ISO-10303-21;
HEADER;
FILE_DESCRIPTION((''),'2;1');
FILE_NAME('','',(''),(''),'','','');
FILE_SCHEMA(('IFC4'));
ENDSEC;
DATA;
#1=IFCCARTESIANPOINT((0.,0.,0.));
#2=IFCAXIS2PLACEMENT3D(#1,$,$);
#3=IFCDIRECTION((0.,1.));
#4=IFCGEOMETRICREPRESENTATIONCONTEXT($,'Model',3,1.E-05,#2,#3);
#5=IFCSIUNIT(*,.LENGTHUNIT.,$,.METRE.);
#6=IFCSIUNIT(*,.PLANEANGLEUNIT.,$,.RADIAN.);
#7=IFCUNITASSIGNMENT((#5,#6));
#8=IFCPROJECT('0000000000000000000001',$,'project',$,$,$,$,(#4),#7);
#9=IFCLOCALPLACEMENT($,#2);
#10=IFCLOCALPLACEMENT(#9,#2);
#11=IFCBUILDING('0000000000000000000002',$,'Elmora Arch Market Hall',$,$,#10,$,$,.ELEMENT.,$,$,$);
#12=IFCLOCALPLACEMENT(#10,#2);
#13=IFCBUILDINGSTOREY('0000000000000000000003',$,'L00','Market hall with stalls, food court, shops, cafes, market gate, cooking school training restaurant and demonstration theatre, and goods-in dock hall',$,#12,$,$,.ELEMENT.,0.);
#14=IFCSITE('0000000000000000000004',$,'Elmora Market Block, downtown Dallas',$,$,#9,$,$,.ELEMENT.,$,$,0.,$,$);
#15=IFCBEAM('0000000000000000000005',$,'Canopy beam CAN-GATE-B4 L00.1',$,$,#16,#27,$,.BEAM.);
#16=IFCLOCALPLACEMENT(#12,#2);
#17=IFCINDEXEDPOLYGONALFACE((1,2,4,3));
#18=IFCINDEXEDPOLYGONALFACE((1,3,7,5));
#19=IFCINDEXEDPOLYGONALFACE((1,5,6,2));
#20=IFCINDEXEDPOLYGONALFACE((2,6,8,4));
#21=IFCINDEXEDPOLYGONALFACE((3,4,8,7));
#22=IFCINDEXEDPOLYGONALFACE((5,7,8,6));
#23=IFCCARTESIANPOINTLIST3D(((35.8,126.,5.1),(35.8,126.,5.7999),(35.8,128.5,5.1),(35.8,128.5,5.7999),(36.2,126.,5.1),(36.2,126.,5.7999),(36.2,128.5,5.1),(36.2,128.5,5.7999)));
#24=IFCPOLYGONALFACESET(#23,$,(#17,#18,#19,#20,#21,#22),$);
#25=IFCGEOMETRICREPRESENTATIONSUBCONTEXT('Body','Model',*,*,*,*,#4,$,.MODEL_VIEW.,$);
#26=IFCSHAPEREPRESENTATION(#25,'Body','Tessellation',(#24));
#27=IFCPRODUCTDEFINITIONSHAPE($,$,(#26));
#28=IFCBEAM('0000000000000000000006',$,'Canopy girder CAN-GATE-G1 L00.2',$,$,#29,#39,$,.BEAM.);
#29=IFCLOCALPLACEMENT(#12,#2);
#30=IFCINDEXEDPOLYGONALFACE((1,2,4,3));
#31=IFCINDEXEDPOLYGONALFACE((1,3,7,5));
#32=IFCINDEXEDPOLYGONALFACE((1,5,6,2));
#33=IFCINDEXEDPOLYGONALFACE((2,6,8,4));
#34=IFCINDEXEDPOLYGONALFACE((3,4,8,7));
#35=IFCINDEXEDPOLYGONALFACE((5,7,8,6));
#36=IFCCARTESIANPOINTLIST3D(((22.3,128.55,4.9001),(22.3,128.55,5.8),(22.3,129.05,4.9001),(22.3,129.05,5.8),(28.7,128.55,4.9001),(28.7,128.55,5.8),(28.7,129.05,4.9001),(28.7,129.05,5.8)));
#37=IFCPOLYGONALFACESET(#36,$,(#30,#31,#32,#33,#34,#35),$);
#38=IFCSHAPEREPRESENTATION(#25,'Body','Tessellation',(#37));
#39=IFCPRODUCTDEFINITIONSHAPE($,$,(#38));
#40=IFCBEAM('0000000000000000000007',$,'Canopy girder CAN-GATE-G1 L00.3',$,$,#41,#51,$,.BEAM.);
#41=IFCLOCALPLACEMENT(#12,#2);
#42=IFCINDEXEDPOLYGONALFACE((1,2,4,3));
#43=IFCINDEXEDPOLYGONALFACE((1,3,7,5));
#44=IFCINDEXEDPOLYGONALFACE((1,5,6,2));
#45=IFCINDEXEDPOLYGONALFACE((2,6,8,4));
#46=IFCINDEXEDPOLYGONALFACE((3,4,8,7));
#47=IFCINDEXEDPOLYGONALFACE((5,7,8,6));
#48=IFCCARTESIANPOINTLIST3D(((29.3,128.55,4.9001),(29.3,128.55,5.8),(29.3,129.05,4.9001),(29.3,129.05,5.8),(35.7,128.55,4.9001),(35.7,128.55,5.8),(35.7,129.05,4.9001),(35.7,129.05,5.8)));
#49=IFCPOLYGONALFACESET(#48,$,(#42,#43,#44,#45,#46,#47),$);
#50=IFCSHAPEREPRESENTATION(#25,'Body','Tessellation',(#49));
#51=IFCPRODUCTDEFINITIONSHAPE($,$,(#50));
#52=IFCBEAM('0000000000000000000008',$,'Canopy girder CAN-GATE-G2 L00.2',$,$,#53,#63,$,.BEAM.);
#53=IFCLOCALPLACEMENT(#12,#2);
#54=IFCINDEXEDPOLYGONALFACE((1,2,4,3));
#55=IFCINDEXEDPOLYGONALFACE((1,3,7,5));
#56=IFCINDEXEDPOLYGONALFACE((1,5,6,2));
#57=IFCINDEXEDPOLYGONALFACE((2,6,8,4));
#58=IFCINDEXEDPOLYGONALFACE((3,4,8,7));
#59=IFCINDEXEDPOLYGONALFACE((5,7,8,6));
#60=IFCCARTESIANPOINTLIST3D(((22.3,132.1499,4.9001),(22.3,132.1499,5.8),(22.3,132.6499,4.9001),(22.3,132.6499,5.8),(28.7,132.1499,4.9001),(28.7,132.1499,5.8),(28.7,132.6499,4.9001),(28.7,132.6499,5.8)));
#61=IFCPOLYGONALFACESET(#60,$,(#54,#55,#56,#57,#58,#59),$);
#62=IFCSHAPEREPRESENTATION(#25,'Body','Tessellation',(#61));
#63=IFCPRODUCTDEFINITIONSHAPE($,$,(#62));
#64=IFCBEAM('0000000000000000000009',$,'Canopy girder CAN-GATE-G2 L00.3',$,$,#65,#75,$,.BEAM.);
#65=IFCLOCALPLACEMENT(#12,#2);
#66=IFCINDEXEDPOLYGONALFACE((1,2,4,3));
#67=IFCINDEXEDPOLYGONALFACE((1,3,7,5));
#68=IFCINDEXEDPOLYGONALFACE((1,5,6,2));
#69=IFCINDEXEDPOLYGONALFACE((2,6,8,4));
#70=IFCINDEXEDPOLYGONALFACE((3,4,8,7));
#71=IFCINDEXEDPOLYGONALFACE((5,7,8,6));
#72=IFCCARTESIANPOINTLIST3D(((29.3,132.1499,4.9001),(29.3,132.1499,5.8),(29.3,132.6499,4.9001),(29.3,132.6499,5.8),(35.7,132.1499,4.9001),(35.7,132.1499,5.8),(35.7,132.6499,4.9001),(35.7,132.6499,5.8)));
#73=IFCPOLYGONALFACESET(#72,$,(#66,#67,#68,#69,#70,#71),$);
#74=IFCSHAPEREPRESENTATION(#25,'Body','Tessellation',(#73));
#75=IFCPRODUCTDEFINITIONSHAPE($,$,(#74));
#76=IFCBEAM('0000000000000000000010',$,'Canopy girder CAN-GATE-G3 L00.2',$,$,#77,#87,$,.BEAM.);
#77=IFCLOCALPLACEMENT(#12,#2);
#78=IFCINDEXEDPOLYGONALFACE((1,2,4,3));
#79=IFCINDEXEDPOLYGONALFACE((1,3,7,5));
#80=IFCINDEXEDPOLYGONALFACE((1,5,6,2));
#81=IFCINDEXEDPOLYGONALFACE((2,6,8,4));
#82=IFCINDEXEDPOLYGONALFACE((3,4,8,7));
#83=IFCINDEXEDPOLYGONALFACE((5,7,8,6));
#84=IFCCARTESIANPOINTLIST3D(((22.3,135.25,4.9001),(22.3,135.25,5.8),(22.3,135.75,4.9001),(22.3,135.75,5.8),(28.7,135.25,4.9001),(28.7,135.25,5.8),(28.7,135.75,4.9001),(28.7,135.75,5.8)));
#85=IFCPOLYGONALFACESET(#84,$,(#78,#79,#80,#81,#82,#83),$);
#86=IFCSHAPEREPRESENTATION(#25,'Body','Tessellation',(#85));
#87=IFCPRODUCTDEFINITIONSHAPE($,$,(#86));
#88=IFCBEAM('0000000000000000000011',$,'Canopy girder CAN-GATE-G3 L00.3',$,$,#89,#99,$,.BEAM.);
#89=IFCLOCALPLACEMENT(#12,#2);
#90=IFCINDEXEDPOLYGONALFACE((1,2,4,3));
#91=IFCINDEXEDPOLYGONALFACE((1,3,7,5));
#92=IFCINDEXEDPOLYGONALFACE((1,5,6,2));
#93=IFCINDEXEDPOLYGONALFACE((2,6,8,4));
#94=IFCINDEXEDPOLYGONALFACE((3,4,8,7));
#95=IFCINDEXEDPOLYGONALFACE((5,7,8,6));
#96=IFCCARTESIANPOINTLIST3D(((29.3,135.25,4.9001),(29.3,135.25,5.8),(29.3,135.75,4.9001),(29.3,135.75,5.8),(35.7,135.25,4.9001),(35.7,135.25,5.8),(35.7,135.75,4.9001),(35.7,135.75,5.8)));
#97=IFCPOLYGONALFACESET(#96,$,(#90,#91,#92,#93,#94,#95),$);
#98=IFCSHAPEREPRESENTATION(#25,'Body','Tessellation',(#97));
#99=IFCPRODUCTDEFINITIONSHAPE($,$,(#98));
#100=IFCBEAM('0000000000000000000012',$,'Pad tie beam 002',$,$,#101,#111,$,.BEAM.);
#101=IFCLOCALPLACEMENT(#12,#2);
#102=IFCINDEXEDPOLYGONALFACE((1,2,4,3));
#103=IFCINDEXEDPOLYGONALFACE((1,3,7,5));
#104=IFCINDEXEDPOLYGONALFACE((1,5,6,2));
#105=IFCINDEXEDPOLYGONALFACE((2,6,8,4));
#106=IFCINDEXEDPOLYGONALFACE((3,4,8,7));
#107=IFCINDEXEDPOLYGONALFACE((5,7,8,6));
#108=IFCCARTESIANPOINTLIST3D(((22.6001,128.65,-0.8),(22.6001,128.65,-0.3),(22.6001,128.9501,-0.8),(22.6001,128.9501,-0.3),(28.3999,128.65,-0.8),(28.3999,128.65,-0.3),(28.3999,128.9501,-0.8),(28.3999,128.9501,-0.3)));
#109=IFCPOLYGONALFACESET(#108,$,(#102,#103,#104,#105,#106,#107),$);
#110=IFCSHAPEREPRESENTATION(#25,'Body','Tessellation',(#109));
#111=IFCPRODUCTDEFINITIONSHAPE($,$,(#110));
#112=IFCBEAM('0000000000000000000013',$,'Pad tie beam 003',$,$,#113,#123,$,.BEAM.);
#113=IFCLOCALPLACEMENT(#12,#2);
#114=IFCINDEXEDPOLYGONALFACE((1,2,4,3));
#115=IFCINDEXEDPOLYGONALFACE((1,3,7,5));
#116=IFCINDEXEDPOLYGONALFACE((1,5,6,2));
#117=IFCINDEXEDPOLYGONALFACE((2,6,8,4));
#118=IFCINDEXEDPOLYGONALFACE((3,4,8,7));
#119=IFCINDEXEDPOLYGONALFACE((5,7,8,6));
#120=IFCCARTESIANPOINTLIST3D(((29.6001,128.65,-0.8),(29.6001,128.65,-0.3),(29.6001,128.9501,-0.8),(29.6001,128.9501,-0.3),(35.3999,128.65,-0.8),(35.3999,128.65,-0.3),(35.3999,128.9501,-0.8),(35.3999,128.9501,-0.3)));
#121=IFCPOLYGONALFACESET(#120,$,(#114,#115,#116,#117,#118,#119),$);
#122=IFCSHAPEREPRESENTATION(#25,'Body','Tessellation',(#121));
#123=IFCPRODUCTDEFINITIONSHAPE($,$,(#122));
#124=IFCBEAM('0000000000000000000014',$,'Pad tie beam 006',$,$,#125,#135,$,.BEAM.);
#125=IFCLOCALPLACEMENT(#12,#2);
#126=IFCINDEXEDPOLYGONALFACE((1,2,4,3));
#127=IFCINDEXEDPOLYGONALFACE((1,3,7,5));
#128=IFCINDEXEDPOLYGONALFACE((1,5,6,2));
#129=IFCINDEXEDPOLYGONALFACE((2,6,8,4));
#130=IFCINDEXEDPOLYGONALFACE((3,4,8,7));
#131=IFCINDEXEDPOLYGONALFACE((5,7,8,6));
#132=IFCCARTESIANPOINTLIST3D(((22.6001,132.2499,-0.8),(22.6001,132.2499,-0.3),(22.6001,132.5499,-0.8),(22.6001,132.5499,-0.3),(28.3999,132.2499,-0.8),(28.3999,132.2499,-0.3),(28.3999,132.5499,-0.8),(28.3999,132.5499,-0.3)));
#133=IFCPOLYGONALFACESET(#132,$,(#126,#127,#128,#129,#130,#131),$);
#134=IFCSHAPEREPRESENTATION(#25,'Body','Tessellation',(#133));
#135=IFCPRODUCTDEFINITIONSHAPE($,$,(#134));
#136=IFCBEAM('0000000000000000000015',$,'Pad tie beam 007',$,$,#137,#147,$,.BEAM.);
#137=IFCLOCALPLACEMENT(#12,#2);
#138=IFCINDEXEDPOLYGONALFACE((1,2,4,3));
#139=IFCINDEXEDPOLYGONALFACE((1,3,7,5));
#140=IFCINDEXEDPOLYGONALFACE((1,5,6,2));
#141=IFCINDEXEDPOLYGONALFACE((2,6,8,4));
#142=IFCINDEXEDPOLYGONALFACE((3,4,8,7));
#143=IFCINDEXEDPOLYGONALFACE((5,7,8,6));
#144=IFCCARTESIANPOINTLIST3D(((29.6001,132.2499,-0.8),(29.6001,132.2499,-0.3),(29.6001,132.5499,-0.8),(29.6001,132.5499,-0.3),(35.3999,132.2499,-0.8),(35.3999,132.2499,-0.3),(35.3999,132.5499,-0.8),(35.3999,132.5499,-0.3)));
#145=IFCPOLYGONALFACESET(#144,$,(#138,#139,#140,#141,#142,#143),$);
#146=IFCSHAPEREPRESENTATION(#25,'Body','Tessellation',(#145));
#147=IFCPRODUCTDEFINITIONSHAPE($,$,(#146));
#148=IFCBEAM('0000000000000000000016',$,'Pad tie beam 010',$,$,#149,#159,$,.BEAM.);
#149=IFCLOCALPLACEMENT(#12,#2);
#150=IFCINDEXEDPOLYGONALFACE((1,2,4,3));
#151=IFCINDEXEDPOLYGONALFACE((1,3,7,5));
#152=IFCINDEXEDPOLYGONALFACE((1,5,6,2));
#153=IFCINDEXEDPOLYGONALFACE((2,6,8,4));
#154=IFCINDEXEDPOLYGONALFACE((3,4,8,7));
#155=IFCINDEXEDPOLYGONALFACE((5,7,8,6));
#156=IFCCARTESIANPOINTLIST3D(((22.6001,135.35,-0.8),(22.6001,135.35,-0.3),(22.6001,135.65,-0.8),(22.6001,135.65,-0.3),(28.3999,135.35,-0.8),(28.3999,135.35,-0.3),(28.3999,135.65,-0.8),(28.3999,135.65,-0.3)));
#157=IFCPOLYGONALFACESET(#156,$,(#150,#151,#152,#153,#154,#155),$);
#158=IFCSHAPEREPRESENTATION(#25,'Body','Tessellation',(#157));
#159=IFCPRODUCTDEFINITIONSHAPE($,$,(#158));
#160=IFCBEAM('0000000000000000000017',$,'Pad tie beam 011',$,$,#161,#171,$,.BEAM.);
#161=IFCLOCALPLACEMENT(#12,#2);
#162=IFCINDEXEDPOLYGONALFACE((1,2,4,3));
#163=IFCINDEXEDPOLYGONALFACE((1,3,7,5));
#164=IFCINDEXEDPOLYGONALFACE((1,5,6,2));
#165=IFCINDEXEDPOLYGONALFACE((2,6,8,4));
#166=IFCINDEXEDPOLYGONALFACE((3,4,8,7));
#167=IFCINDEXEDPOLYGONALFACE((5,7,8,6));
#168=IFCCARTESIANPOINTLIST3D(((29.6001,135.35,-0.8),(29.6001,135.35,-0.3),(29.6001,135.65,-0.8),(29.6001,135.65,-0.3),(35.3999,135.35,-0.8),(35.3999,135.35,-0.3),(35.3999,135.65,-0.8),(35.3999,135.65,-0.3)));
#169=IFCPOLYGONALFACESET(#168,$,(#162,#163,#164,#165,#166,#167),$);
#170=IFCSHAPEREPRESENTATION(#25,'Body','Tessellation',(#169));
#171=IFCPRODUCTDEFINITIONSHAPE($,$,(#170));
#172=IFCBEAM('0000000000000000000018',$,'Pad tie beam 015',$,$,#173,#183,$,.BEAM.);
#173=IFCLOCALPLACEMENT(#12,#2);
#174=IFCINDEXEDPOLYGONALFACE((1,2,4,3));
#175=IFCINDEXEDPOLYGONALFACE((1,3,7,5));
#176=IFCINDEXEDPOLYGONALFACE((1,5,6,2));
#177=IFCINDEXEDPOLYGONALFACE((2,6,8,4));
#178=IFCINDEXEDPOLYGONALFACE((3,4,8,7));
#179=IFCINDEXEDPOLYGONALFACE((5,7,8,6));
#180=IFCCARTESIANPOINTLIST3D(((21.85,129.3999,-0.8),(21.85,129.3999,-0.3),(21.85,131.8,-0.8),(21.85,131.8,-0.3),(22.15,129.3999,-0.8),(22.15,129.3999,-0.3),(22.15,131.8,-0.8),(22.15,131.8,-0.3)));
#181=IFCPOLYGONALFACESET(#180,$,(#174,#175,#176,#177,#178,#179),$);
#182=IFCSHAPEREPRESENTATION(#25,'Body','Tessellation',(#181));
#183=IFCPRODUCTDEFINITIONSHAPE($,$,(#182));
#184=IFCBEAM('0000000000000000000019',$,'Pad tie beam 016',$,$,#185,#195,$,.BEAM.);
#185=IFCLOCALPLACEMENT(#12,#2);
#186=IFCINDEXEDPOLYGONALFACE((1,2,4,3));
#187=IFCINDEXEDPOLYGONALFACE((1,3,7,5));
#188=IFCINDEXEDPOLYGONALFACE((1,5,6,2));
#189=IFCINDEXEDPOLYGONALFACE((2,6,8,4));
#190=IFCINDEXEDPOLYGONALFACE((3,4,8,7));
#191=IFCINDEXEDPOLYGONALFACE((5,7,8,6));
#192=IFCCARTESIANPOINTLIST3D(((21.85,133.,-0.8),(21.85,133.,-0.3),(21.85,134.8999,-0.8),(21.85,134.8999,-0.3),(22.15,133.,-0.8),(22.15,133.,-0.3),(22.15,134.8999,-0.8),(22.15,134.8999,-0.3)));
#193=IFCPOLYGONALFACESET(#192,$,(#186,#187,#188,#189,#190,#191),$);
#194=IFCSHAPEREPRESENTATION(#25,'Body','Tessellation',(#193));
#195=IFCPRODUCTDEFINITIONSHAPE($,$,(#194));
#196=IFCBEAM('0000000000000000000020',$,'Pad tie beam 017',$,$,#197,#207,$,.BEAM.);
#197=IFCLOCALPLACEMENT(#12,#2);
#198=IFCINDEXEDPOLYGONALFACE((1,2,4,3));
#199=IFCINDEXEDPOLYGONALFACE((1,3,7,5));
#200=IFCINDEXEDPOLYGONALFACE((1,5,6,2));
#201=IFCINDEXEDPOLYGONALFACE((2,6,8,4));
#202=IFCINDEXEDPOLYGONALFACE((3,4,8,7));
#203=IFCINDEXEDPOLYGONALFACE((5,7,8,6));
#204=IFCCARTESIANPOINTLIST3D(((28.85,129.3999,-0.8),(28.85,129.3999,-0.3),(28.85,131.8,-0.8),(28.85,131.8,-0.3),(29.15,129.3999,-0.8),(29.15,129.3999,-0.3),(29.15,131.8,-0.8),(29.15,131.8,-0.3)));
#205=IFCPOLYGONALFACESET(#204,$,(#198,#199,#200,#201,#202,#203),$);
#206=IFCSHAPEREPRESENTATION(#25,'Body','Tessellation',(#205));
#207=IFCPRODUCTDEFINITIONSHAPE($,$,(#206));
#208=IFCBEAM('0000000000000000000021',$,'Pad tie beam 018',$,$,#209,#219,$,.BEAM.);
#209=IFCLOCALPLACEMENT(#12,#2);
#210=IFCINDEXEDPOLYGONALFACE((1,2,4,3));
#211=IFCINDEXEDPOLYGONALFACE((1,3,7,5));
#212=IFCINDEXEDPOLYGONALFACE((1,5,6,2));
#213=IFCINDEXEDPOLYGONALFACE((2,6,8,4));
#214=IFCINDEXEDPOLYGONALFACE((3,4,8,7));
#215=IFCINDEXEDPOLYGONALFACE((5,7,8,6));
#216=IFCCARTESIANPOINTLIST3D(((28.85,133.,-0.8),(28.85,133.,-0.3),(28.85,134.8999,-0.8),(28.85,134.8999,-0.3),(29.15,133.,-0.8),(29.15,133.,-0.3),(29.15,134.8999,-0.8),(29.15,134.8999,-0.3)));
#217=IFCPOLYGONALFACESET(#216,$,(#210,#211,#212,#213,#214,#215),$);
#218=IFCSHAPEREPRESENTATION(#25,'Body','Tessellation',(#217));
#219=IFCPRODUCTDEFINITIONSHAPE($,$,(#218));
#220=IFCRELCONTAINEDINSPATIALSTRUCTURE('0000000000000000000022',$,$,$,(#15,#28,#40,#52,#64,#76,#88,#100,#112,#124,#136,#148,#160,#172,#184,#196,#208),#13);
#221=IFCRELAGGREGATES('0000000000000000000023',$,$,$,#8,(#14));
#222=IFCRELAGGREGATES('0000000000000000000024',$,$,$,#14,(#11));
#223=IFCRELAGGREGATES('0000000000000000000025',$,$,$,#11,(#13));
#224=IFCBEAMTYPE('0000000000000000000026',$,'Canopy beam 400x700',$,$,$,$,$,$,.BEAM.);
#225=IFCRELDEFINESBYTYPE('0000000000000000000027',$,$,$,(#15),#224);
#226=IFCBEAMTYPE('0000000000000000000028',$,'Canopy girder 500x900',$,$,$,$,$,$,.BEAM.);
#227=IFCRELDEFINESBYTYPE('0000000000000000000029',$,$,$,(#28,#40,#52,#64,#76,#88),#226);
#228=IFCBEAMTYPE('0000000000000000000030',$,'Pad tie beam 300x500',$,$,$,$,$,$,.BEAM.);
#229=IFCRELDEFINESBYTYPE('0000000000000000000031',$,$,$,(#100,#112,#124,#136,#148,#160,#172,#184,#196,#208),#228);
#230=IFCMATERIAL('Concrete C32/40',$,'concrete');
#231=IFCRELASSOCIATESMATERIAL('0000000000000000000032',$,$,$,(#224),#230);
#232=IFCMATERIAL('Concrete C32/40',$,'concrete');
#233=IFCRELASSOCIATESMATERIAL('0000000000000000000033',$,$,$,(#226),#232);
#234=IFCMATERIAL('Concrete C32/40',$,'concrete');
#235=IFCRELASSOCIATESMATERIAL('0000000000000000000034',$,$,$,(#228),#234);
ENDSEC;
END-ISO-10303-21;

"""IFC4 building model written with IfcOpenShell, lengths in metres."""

from ifc_helpers import new_model, si_unit, direction, frame, origin, origin_2d, place, context, subcontext, project, spatial, rectangle, extrude, material, material_profile, profile_set, type_object, element, save


model = new_model("IFC4")

# Units and contexts
model_context = context("Model", 3, precision=1e-05, world=origin(), true_north=direction((0.0, 1.0)))
body_context = subcontext(model_context, "Body", "Model", "MODEL_VIEW")
ifc_project = project(units=[si_unit("LENGTHUNIT", "METRE"), si_unit("PLANEANGLEUNIT", "RADIAN")], contexts=[model_context])

# Site, building, storey
site_placement = place(None, origin())
site = spatial("IfcSite", under=ifc_project, at=site_placement, Name="Elmora Market Block, downtown Dallas", CompositionType="ELEMENT", RefElevation=0.0)
building_placement = place(site_placement, origin())
building = spatial("IfcBuilding", under=site, at=building_placement, Name="Elmora Arch Market Hall", CompositionType="ELEMENT")
storey_placement = place(building_placement, origin())
storey = spatial("IfcBuildingStorey", under=building, at=storey_placement, Name="L00", Description="Market hall with stalls, food court, shops, cafes, market gate, cooking school training restaurant and demonstration theatre, and goods-in dock hall", CompositionType="ELEMENT", Elevation=0.0)

# Beams
ifc_material_1 = material(Name="Concrete C32/40", Category="concrete")
ifc_material_profile_1 = material_profile(ifc_material_1, rectangle(XDim=0.3999, YDim=0.7, at=origin_2d()), Name="Canopy beam 400x700")
ifc_profile_set_1 = profile_set([ifc_material_profile_1], Name="Concrete C32/40")
beam_type_1 = type_object("IfcBeamType", Name="Canopy beam 400x700", PredefinedType="BEAM", material=ifc_profile_set_1)
for number, where, z_axis, x_axis, name in (
    (1, (36.0, 126.0, 5.45), (0.0, 1.0, 0.0), (-1.0, 0.0, 0.0), "Canopy beam CAN-GATE-B4 L00.1"),
):
    element("IfcBeam", number, at=place(storey_placement, frame(where, z_axis=z_axis, x_axis=x_axis)), inside=storey, type_object=beam_type_1, Name=name, PredefinedType="BEAM", context=body_context, shape_type="SweptSolid", body=[
        extrude(rectangle(XDim=0.3999, YDim=0.7, at=origin_2d()), origin(), (0.0, 0.0, 1.0), 2.5),
    ])
ifc_material_2 = material(Name="Concrete C32/40", Category="concrete")
ifc_material_profile_2 = material_profile(ifc_material_2, rectangle(XDim=0.5, YDim=0.8999, at=origin_2d()), Name="Canopy girder 500x900")
ifc_profile_set_2 = profile_set([ifc_material_profile_2], Name="Concrete C32/40")
beam_type_2 = type_object("IfcBeamType", Name="Canopy girder 500x900", PredefinedType="BEAM", material=ifc_profile_set_2)
for number, where, z_axis, x_axis, name in (
    (2, (22.3, 128.8, 5.3501), (1.0, 0.0, 0.0), (0.0, 1.0, 0.0), "Canopy girder CAN-GATE-G1 L00.2"),
    (3, (29.3, 128.8, 5.3501), (1.0, 0.0, 0.0), (0.0, 1.0, 0.0), "Canopy girder CAN-GATE-G1 L00.3"),
    (4, (22.3, 132.3999, 5.3501), (1.0, 0.0, 0.0), (0.0, 1.0, 0.0), "Canopy girder CAN-GATE-G2 L00.2"),
    (5, (29.3, 132.3999, 5.3501), (1.0, 0.0, 0.0), (0.0, 1.0, 0.0), "Canopy girder CAN-GATE-G2 L00.3"),
    (6, (22.3, 135.5, 5.3501), (1.0, 0.0, 0.0), (0.0, 1.0, 0.0), "Canopy girder CAN-GATE-G3 L00.2"),
    (7, (29.3, 135.5, 5.3501), (1.0, 0.0, 0.0), (0.0, 1.0, 0.0), "Canopy girder CAN-GATE-G3 L00.3"),
):
    element("IfcBeam", number, at=place(storey_placement, frame(where, z_axis=z_axis, x_axis=x_axis)), inside=storey, type_object=beam_type_2, Name=name, PredefinedType="BEAM", context=body_context, shape_type="SweptSolid", body=[
        extrude(rectangle(XDim=0.5, YDim=0.8999, at=origin_2d()), origin(), (0.0, 0.0, 1.0), 6.3999),
    ])
ifc_material_3 = material(Name="Concrete C32/40", Category="concrete")
ifc_material_profile_3 = material_profile(ifc_material_3, rectangle(XDim=0.3, YDim=0.5, at=origin_2d()), Name="Pad tie beam 300x500")
ifc_profile_set_3 = profile_set([ifc_material_profile_3], Name="Concrete C32/40")
beam_type_3 = type_object("IfcBeamType", Name="Pad tie beam 300x500", PredefinedType="BEAM", material=ifc_profile_set_3)
for number, where, z_axis, x_axis, name in (
    (8, (22.6001, 128.8, -0.55), (1.0, 0.0, 0.0), (0.0, 1.0, 0.0), "Pad tie beam 002"),
    (9, (29.6001, 128.8, -0.55), (1.0, 0.0, 0.0), (0.0, 1.0, 0.0), "Pad tie beam 003"),
    (10, (22.6001, 132.3999, -0.55), (1.0, 0.0, 0.0), (0.0, 1.0, 0.0), "Pad tie beam 006"),
    (11, (29.6001, 132.3999, -0.55), (1.0, 0.0, 0.0), (0.0, 1.0, 0.0), "Pad tie beam 007"),
    (12, (22.6001, 135.5, -0.55), (1.0, 0.0, 0.0), (0.0, 1.0, 0.0), "Pad tie beam 010"),
    (13, (29.6001, 135.5, -0.55), (1.0, 0.0, 0.0), (0.0, 1.0, 0.0), "Pad tie beam 011"),
):
    element("IfcBeam", number, at=place(storey_placement, frame(where, z_axis=z_axis, x_axis=x_axis)), inside=storey, type_object=beam_type_3, Name=name, PredefinedType="BEAM", context=body_context, shape_type="SweptSolid", body=[
        extrude(rectangle(XDim=0.3, YDim=0.5, at=origin_2d()), origin(), (0.0, 0.0, 1.0), 5.7998),
    ])
beam_1_placement = place(storey_placement, frame((22.0, 129.3999, -0.55), z_axis=(0.0, 1.0, 0.0), x_axis=(-1.0, 0.0, 0.0)))
element("IfcBeam", 14, at=beam_1_placement, inside=storey, type_object=beam_type_3, Name="Pad tie beam 015", PredefinedType="BEAM", context=body_context, shape_type="SweptSolid", body=[
    extrude(rectangle(XDim=0.3, YDim=0.5, at=origin_2d()), origin(), (0.0, 0.0, 1.0), 2.4001),
])
beam_2_placement = place(storey_placement, frame((22.0, 133.0, -0.55), z_axis=(0.0, 1.0, 0.0), x_axis=(-1.0, 0.0, 0.0)))
element("IfcBeam", 15, at=beam_2_placement, inside=storey, type_object=beam_type_3, Name="Pad tie beam 016", PredefinedType="BEAM", context=body_context, shape_type="SweptSolid", body=[
    extrude(rectangle(XDim=0.3, YDim=0.5, at=origin_2d()), origin(), (0.0, 0.0, 1.0), 1.8999),
])
beam_3_placement = place(storey_placement, frame((29.0, 129.3999, -0.55), z_axis=(0.0, 1.0, 0.0), x_axis=(-1.0, 0.0, 0.0)))
element("IfcBeam", 16, at=beam_3_placement, inside=storey, type_object=beam_type_3, Name="Pad tie beam 017", PredefinedType="BEAM", context=body_context, shape_type="SweptSolid", body=[
    extrude(rectangle(XDim=0.3, YDim=0.5, at=origin_2d()), origin(), (0.0, 0.0, 1.0), 2.4001),
])
beam_4_placement = place(storey_placement, frame((29.0, 133.0, -0.55), z_axis=(0.0, 1.0, 0.0), x_axis=(-1.0, 0.0, 0.0)))
element("IfcBeam", 17, at=beam_4_placement, inside=storey, type_object=beam_type_3, Name="Pad tie beam 018", PredefinedType="BEAM", context=body_context, shape_type="SweptSolid", body=[
    extrude(rectangle(XDim=0.3, YDim=0.5, at=origin_2d()), origin(), (0.0, 0.0, 1.0), 1.8999),
])

save(model, "model.ifc")
